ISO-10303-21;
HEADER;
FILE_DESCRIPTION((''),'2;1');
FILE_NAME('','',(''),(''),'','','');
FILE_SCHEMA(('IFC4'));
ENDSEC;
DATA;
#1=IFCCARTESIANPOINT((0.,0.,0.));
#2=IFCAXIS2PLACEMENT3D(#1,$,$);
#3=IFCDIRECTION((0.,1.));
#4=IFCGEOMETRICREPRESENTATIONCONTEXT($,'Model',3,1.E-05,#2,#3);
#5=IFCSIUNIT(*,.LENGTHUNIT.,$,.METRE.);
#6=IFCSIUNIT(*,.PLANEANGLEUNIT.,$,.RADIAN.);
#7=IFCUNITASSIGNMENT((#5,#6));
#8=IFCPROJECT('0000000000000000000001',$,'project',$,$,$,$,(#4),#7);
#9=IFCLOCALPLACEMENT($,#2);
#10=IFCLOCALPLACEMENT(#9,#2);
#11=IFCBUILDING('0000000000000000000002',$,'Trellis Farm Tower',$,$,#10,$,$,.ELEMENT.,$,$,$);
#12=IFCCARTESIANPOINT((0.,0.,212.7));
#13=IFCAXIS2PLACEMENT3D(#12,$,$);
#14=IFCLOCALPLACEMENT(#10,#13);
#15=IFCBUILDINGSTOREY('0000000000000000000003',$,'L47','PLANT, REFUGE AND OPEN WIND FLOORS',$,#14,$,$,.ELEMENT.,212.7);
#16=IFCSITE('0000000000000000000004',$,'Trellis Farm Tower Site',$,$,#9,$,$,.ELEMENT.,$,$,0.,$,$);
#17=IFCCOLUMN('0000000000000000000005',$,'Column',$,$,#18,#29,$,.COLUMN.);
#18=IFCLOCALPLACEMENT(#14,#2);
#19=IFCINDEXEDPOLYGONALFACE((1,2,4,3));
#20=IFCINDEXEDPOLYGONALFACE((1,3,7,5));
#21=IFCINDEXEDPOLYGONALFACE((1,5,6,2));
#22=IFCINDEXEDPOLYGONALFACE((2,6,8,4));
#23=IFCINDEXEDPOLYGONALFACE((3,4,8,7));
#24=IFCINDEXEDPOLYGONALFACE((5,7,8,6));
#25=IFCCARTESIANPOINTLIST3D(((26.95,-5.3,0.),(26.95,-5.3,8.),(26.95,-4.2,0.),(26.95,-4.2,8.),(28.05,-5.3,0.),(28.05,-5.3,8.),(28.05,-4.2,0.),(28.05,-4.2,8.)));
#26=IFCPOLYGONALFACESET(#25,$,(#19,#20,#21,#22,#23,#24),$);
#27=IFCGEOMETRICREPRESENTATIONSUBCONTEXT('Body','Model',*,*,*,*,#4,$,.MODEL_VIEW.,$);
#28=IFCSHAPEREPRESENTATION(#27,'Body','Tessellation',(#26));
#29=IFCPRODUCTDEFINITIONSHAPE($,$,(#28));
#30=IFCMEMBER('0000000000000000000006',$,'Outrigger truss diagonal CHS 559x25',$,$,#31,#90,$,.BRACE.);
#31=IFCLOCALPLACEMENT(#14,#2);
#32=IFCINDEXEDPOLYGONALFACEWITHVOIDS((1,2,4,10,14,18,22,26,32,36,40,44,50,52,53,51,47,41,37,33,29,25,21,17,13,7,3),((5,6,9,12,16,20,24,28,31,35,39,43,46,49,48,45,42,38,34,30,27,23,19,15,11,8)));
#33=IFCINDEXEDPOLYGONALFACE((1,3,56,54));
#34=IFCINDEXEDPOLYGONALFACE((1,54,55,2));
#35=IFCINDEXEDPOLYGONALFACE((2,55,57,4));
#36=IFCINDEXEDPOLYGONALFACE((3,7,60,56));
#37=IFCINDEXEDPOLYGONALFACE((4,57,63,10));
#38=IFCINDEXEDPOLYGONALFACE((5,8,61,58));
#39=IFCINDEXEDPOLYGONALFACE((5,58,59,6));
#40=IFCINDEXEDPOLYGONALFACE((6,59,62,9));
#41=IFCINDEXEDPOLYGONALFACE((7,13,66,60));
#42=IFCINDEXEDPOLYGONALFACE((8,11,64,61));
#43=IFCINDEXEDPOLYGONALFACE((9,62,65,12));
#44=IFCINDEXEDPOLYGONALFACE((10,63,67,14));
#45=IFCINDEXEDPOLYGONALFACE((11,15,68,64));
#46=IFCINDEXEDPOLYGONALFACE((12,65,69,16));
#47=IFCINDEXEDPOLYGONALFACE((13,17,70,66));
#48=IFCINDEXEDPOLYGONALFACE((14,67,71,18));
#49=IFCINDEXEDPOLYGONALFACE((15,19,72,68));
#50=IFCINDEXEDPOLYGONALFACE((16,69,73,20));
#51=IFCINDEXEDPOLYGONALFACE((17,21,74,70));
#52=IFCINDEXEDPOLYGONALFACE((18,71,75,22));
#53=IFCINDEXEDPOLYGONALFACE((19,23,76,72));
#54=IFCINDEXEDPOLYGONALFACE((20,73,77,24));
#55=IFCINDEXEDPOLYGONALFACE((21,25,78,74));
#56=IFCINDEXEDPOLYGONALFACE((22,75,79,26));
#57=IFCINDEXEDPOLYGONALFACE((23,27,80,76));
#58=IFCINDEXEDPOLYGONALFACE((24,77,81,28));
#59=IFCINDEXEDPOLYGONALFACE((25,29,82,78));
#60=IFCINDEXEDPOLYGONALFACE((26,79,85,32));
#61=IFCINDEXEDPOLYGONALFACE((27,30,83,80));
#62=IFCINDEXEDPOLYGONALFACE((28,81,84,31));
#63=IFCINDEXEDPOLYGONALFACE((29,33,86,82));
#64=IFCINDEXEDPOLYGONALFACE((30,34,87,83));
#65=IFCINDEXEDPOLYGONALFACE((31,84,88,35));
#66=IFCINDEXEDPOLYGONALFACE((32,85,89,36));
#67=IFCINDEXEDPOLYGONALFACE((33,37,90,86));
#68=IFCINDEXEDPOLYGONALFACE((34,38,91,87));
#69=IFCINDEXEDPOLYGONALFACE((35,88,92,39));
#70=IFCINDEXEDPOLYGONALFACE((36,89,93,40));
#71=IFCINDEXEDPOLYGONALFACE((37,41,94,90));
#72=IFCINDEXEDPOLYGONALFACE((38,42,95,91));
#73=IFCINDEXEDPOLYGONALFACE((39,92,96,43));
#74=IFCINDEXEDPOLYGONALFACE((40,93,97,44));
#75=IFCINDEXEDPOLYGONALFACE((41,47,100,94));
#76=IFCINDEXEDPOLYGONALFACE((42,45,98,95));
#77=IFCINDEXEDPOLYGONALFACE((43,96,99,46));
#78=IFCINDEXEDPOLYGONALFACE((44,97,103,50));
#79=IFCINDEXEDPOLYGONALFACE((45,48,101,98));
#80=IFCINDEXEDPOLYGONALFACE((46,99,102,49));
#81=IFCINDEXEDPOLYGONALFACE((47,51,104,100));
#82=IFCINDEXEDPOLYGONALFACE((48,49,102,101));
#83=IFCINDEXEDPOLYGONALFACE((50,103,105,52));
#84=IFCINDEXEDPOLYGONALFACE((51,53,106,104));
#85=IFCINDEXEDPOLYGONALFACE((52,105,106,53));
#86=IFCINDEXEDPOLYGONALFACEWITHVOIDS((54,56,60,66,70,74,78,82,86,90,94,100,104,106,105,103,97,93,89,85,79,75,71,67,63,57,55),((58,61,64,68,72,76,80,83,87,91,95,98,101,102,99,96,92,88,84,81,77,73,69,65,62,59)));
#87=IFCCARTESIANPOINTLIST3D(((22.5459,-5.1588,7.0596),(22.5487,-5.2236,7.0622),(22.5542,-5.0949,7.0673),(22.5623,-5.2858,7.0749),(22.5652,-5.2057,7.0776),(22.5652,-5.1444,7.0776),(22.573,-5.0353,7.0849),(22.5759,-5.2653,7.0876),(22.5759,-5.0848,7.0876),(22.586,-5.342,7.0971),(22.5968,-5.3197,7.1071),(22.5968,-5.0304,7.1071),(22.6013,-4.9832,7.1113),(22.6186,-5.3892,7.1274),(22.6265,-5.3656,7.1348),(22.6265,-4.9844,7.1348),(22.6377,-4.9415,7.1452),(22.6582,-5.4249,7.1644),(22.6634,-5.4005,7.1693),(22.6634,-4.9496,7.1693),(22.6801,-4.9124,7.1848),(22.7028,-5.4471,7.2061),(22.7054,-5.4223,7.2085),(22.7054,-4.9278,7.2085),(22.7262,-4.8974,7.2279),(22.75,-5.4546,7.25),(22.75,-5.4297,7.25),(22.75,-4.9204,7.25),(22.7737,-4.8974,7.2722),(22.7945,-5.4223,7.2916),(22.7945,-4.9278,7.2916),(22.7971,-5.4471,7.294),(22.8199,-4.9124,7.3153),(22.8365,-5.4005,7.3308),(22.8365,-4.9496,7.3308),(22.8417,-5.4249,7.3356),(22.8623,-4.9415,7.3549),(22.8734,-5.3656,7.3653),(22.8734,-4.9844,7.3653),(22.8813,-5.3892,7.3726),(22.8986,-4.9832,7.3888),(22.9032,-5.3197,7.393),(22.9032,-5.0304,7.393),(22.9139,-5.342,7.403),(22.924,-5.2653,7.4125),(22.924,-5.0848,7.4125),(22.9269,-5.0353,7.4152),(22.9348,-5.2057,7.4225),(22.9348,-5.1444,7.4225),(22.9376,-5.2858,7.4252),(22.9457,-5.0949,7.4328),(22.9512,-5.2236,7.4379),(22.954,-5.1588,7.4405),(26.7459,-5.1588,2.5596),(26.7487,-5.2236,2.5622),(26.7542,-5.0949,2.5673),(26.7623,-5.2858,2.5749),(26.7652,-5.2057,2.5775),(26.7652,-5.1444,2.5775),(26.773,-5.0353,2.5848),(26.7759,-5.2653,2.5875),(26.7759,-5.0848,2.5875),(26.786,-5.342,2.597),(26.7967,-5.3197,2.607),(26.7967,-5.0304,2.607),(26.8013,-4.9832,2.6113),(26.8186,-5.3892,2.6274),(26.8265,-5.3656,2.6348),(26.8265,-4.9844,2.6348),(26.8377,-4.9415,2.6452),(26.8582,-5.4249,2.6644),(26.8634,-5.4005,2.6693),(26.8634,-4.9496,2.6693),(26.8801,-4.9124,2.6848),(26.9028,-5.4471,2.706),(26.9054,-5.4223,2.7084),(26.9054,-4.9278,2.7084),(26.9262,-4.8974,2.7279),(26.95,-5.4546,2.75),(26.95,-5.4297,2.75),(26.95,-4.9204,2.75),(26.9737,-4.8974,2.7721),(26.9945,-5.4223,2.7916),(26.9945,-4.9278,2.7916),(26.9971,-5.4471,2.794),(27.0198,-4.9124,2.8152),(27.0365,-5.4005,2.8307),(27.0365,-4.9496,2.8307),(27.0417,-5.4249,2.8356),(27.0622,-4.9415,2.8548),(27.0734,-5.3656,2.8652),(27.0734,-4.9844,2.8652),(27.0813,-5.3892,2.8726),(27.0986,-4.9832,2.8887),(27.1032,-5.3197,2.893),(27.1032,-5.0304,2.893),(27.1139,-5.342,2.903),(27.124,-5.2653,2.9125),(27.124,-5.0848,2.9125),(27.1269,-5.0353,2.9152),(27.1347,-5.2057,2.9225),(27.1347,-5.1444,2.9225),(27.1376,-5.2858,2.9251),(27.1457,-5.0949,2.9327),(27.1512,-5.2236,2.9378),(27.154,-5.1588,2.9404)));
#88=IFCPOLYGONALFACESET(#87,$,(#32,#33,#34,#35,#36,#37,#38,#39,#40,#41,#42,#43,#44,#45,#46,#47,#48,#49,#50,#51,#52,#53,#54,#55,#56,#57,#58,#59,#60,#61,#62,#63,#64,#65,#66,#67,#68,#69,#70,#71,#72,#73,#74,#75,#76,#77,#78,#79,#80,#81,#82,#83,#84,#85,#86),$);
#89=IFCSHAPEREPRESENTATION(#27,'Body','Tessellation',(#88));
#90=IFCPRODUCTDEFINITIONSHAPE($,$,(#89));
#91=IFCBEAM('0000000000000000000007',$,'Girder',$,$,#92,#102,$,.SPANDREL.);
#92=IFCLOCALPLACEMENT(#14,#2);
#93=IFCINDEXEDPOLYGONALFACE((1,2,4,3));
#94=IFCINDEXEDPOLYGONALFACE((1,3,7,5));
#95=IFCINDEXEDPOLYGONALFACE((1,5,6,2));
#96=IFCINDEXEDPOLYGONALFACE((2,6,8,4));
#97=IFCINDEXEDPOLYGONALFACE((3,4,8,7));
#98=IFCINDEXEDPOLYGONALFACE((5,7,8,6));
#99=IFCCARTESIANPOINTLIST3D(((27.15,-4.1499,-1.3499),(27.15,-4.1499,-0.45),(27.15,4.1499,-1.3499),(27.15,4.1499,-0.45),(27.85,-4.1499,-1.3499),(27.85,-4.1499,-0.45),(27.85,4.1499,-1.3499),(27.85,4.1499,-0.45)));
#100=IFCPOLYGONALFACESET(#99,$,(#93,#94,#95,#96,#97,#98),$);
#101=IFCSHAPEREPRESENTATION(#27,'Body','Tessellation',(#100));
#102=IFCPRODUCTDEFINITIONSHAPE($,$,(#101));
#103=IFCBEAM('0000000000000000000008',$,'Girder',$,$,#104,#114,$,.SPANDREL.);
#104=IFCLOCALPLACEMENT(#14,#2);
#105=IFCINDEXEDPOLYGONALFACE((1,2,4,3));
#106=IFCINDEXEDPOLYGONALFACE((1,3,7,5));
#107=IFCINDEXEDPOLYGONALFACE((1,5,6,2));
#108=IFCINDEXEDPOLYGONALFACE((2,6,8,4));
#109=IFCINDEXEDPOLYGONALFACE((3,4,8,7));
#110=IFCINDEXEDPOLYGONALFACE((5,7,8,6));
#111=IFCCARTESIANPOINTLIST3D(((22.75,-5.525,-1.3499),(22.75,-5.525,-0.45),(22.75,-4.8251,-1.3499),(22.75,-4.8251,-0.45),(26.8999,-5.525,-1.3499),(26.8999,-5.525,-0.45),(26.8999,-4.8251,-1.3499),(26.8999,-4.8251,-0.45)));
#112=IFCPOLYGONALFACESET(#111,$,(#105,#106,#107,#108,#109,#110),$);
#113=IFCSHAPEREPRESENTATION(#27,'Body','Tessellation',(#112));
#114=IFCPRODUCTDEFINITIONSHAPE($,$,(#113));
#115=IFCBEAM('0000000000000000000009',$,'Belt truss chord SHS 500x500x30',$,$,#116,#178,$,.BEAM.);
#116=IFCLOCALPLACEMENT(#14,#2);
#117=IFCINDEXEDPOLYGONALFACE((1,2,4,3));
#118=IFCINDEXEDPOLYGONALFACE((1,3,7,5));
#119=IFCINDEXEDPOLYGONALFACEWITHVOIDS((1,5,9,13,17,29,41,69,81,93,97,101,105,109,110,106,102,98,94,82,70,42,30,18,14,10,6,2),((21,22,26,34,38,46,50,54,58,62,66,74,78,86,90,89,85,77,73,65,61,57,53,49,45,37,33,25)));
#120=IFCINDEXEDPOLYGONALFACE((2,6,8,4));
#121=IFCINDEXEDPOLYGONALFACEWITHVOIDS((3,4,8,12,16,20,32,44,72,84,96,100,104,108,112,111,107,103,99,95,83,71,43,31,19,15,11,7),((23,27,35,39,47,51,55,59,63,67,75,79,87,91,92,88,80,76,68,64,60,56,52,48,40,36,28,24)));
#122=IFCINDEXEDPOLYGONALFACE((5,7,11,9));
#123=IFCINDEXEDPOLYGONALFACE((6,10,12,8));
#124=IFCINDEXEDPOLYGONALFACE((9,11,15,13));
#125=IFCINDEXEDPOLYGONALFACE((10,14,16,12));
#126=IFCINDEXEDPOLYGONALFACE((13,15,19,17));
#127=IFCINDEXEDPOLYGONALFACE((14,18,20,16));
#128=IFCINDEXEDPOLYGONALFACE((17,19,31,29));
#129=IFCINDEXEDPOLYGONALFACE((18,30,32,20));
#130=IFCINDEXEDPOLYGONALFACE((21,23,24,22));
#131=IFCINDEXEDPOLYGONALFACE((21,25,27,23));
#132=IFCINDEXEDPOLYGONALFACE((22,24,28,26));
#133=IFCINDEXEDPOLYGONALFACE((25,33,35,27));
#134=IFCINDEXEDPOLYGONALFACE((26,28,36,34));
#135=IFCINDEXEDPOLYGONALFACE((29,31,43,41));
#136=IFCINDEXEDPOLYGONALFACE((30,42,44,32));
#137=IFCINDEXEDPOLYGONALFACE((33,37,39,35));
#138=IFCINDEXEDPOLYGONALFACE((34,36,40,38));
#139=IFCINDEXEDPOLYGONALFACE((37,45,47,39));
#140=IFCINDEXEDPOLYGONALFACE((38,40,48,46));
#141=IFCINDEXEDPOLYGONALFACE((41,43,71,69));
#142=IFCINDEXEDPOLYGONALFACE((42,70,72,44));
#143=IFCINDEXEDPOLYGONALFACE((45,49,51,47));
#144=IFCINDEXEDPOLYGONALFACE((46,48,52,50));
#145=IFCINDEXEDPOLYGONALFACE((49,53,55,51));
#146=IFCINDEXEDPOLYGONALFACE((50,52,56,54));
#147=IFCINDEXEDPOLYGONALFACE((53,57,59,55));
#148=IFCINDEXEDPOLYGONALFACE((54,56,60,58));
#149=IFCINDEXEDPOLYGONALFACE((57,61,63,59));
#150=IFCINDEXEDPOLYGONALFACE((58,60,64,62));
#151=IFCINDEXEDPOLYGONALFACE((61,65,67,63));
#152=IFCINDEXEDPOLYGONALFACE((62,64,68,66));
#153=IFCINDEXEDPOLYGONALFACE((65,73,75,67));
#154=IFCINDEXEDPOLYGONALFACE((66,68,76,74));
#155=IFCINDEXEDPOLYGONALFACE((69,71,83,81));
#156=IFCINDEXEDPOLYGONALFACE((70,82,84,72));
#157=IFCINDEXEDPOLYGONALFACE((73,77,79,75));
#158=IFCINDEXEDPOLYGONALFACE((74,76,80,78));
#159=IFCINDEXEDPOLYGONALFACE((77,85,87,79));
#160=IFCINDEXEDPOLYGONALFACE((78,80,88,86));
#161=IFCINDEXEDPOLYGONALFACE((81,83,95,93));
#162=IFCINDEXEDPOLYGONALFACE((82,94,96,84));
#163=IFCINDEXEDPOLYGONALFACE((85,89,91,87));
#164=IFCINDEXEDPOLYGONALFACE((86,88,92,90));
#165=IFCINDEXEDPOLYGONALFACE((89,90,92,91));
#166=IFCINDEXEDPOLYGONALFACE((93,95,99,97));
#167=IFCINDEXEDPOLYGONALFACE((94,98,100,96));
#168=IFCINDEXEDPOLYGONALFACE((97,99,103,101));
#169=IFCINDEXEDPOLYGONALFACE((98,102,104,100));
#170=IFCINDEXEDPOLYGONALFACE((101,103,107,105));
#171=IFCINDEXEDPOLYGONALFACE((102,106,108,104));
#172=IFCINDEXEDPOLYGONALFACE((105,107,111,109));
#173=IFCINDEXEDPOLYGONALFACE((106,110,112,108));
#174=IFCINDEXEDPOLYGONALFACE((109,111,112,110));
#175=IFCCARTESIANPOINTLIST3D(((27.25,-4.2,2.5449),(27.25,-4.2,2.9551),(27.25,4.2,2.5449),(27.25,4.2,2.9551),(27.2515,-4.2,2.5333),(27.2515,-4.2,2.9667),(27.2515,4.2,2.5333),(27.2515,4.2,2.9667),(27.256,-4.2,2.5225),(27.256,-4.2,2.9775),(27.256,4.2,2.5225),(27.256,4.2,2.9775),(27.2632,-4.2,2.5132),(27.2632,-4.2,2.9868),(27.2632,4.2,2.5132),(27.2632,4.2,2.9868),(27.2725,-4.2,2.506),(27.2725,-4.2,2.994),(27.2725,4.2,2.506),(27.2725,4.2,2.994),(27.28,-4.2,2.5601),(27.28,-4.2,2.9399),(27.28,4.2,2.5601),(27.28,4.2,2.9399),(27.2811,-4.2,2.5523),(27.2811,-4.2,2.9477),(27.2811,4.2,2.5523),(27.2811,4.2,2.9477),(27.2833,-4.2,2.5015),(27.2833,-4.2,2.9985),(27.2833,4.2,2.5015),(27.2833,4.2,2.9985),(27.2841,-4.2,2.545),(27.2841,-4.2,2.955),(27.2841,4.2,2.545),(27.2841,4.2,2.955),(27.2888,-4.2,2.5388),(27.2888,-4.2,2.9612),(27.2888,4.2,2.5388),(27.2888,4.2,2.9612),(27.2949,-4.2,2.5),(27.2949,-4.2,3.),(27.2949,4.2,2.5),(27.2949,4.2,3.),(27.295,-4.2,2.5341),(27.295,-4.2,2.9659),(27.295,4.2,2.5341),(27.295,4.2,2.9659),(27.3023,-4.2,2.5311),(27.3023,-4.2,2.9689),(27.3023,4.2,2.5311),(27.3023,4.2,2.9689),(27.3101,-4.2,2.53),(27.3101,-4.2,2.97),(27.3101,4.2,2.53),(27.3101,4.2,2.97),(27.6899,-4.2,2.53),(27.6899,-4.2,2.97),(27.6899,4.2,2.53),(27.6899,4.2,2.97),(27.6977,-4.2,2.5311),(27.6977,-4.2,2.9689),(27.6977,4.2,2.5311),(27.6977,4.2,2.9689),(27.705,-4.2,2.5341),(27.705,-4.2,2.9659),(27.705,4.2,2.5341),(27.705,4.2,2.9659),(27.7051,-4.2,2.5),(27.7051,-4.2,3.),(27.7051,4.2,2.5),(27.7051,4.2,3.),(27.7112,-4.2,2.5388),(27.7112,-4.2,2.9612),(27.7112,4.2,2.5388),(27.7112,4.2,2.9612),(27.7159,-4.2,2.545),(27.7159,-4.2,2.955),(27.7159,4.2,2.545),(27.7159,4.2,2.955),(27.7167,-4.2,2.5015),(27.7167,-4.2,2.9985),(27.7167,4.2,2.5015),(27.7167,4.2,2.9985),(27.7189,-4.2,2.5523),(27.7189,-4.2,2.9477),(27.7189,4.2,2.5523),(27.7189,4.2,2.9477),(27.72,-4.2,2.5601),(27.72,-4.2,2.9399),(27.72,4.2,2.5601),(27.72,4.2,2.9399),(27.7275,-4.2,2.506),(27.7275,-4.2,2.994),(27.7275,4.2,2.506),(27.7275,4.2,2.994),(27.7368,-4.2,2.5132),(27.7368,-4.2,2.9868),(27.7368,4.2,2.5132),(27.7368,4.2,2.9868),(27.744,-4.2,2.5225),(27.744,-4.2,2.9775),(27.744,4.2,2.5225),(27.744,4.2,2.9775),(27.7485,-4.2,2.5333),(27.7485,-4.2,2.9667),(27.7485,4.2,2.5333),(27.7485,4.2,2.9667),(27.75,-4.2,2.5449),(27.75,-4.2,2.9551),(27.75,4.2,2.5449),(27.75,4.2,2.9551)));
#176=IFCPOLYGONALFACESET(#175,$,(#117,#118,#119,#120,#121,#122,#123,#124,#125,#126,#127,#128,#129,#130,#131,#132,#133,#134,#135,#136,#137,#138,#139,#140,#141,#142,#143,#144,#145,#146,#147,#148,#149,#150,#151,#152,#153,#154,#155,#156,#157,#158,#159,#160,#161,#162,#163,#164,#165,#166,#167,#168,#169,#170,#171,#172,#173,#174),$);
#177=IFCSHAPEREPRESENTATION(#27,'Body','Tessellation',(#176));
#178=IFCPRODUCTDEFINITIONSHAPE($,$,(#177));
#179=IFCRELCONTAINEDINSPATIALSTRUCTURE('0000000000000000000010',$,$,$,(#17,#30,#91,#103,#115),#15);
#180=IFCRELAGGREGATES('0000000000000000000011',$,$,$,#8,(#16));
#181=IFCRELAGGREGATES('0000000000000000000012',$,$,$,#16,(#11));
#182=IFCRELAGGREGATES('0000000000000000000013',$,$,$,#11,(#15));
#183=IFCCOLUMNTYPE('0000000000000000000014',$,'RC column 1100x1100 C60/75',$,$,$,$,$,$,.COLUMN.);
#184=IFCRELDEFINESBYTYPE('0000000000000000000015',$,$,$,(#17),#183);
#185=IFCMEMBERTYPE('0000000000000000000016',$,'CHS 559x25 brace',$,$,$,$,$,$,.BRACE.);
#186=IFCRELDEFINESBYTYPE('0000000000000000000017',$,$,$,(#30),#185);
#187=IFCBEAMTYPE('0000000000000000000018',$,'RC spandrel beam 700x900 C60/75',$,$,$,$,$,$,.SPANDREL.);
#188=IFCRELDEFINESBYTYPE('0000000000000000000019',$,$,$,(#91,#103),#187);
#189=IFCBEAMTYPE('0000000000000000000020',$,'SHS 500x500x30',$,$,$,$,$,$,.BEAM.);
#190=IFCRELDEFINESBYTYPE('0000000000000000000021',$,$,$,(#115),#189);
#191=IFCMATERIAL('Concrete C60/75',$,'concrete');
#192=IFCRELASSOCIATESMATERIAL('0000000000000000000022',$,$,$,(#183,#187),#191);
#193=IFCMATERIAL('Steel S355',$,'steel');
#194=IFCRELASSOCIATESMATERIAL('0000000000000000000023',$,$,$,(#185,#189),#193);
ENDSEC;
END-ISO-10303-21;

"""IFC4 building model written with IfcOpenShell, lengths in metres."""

from ifc_helpers import new_model, si_unit, direction, frame, origin, origin_2d, place, context, subcontext, project, spatial, rectangle, hollow_rectangle, hollow_circle, extrude, source, transform, mapped, material, material_profile, profile_set, type_object, element, save


model = new_model("IFC4")

# Units and contexts
model_context = context("Model", 3, precision=1e-05, world=origin(), true_north=direction((0.0, 1.0)))
body_context = subcontext(model_context, "Body", "Model", "MODEL_VIEW")
ifc_project = project(units=[si_unit("LENGTHUNIT", "METRE"), si_unit("PLANEANGLEUNIT", "RADIAN")], contexts=[model_context])

# Site, building, storey
site_placement = place(None, origin())
site = spatial("IfcSite", under=ifc_project, at=site_placement, Name="Trellis Farm Tower Site", CompositionType="ELEMENT", RefElevation=0.0)
building_placement = place(site_placement, origin())
building = spatial("IfcBuilding", under=site, at=building_placement, Name="Trellis Farm Tower", CompositionType="ELEMENT")
storey_placement = place(building_placement, frame((0.0, 0.0, 212.7)))
storey = spatial("IfcBuildingStorey", under=building, at=storey_placement, Name="L47", Description="PLANT, REFUGE AND OPEN WIND FLOORS", CompositionType="ELEMENT", Elevation=212.7)

# Column
ifc_material_1 = material(Name="Concrete C60/75", Category="concrete")
ifc_material_profile_1 = material_profile(ifc_material_1, rectangle(XDim=1.1001, YDim=1.1001, at=origin_2d()), Name="RC column 1100x1100 C60/75")
ifc_profile_set_1 = profile_set([ifc_material_profile_1], Name="Concrete C60/75")
column_type = type_object("IfcColumnType", Name="RC column 1100x1100 C60/75", PredefinedType="COLUMN", material=ifc_profile_set_1)
shared_shape_1 = source(origin(), body_context, "Body", "SweptSolid", [
    extrude(rectangle(XDim=1.1001, YDim=1.1001, at=origin_2d()), origin(), (0.0, 0.0, 1.0), 8.0),
])
column_placement = place(storey_placement, frame((27.5, -4.75, 0.0), z_axis=(0.0, 0.0, 1.0), x_axis=(1.0, 0.0, 0.0)))
element("IfcColumn", 1, at=column_placement, inside=storey, type_object=column_type, Name="Column", PredefinedType="COLUMN", context=body_context, shape_type="MappedRepresentation", body=[
    mapped(shared_shape_1, transform((0.0, 0.0, 0.0))),
])

# Member
ifc_material_2 = material(Name="Steel S355", Category="steel")
ifc_material_profile_2 = material_profile(ifc_material_2, hollow_circle(Radius=0.2795, WallThickness=0.0249, at=origin_2d()), Name="CHS 559x25")
ifc_profile_set_2 = profile_set([ifc_material_profile_2], Name="Steel S355")
member_type_1 = type_object("IfcMemberType", Name="CHS 559x25 brace", PredefinedType="BRACE", material=ifc_profile_set_2)
member_1_placement = place(storey_placement, frame((26.95, -5.175, 2.75), z_axis=(-0.682314, 0.0, 0.731059), x_axis=(0.0, -1.0, 0.0)))
element("IfcMember", 2, at=member_1_placement, inside=storey, type_object=member_type_1, Name="Outrigger truss diagonal CHS 559x25", PredefinedType="BRACE", context=body_context, shape_type="SweptSolid", body=[
    extrude(hollow_circle(Radius=0.2795, WallThickness=0.0249, at=origin_2d()), origin(), (0.0, 0.0, 1.0), 6.1555),
])

# Beams
ifc_material_profile_3 = material_profile(ifc_material_1, rectangle(XDim=0.7, YDim=0.8999, at=origin_2d()), Name="RC spandrel beam 700x900 C60/75")
ifc_profile_set_3 = profile_set([ifc_material_profile_3], Name="Concrete C60/75")
beam_type_1 = type_object("IfcBeamType", Name="RC spandrel beam 700x900 C60/75", PredefinedType="SPANDREL", material=ifc_profile_set_3)
shared_shape_2 = source(origin(), body_context, "Body", "SweptSolid", [
    extrude(rectangle(XDim=0.7, YDim=0.8999, at=origin_2d()), origin(), (0.0, 0.0, 1.0), 8.2998),
])
beam_1_placement = place(storey_placement, frame((27.5, -4.1499, -0.8999), z_axis=(0.0, 1.0, 0.0), x_axis=(-1.0, 0.0, 0.0)))
element("IfcBeam", 3, at=beam_1_placement, inside=storey, type_object=beam_type_1, Name="Girder", PredefinedType="SPANDREL", context=body_context, shape_type="MappedRepresentation", body=[
    mapped(shared_shape_2, transform((0.0, 0.0, 0.0))),
])
shared_shape_3 = source(origin(), body_context, "Body", "SweptSolid", [
    extrude(rectangle(XDim=0.7, YDim=0.8999, at=origin_2d()), origin(), (0.0, 0.0, 1.0), 4.1499),
])
beam_2_placement = place(storey_placement, frame((22.75, -5.175, -0.8999), z_axis=(1.0, 0.0, 0.0), x_axis=(0.0, 1.0, 0.0)))
element("IfcBeam", 4, at=beam_2_placement, inside=storey, type_object=beam_type_1, Name="Girder", PredefinedType="SPANDREL", context=body_context, shape_type="MappedRepresentation", body=[
    mapped(shared_shape_3, transform((0.0, 0.0, 0.0))),
])
ifc_material_profile_4 = material_profile(ifc_material_2, hollow_rectangle(XDim=0.5, YDim=0.5, WallThickness=0.03, InnerFilletRadius=0.03, OuterFilletRadius=0.0449, at=origin_2d()), Name="SHS 500x500x30")
ifc_profile_set_4 = profile_set([ifc_material_profile_4], Name="Steel S355")
beam_type_2 = type_object("IfcBeamType", Name="SHS 500x500x30", PredefinedType="BEAM", material=ifc_profile_set_4)
shared_shape_4 = source(origin(), body_context, "Body", "SweptSolid", [
    extrude(hollow_rectangle(XDim=0.5, YDim=0.5, WallThickness=0.03, InnerFilletRadius=0.03, OuterFilletRadius=0.0449, at=origin_2d()), origin(), (0.0, 0.0, 1.0), 8.3999),
])
beam_3_placement = place(storey_placement, frame((27.5, -4.2, 2.75), z_axis=(0.0, 1.0, 0.0), x_axis=(-1.0, 0.0, 0.0)))
element("IfcBeam", 5, at=beam_3_placement, inside=storey, type_object=beam_type_2, Name="Belt truss chord SHS 500x500x30", PredefinedType="BEAM", context=body_context, shape_type="MappedRepresentation", body=[
    mapped(shared_shape_4, transform((0.0, 0.0, 0.0))),
])

save(model, "model.ifc")
